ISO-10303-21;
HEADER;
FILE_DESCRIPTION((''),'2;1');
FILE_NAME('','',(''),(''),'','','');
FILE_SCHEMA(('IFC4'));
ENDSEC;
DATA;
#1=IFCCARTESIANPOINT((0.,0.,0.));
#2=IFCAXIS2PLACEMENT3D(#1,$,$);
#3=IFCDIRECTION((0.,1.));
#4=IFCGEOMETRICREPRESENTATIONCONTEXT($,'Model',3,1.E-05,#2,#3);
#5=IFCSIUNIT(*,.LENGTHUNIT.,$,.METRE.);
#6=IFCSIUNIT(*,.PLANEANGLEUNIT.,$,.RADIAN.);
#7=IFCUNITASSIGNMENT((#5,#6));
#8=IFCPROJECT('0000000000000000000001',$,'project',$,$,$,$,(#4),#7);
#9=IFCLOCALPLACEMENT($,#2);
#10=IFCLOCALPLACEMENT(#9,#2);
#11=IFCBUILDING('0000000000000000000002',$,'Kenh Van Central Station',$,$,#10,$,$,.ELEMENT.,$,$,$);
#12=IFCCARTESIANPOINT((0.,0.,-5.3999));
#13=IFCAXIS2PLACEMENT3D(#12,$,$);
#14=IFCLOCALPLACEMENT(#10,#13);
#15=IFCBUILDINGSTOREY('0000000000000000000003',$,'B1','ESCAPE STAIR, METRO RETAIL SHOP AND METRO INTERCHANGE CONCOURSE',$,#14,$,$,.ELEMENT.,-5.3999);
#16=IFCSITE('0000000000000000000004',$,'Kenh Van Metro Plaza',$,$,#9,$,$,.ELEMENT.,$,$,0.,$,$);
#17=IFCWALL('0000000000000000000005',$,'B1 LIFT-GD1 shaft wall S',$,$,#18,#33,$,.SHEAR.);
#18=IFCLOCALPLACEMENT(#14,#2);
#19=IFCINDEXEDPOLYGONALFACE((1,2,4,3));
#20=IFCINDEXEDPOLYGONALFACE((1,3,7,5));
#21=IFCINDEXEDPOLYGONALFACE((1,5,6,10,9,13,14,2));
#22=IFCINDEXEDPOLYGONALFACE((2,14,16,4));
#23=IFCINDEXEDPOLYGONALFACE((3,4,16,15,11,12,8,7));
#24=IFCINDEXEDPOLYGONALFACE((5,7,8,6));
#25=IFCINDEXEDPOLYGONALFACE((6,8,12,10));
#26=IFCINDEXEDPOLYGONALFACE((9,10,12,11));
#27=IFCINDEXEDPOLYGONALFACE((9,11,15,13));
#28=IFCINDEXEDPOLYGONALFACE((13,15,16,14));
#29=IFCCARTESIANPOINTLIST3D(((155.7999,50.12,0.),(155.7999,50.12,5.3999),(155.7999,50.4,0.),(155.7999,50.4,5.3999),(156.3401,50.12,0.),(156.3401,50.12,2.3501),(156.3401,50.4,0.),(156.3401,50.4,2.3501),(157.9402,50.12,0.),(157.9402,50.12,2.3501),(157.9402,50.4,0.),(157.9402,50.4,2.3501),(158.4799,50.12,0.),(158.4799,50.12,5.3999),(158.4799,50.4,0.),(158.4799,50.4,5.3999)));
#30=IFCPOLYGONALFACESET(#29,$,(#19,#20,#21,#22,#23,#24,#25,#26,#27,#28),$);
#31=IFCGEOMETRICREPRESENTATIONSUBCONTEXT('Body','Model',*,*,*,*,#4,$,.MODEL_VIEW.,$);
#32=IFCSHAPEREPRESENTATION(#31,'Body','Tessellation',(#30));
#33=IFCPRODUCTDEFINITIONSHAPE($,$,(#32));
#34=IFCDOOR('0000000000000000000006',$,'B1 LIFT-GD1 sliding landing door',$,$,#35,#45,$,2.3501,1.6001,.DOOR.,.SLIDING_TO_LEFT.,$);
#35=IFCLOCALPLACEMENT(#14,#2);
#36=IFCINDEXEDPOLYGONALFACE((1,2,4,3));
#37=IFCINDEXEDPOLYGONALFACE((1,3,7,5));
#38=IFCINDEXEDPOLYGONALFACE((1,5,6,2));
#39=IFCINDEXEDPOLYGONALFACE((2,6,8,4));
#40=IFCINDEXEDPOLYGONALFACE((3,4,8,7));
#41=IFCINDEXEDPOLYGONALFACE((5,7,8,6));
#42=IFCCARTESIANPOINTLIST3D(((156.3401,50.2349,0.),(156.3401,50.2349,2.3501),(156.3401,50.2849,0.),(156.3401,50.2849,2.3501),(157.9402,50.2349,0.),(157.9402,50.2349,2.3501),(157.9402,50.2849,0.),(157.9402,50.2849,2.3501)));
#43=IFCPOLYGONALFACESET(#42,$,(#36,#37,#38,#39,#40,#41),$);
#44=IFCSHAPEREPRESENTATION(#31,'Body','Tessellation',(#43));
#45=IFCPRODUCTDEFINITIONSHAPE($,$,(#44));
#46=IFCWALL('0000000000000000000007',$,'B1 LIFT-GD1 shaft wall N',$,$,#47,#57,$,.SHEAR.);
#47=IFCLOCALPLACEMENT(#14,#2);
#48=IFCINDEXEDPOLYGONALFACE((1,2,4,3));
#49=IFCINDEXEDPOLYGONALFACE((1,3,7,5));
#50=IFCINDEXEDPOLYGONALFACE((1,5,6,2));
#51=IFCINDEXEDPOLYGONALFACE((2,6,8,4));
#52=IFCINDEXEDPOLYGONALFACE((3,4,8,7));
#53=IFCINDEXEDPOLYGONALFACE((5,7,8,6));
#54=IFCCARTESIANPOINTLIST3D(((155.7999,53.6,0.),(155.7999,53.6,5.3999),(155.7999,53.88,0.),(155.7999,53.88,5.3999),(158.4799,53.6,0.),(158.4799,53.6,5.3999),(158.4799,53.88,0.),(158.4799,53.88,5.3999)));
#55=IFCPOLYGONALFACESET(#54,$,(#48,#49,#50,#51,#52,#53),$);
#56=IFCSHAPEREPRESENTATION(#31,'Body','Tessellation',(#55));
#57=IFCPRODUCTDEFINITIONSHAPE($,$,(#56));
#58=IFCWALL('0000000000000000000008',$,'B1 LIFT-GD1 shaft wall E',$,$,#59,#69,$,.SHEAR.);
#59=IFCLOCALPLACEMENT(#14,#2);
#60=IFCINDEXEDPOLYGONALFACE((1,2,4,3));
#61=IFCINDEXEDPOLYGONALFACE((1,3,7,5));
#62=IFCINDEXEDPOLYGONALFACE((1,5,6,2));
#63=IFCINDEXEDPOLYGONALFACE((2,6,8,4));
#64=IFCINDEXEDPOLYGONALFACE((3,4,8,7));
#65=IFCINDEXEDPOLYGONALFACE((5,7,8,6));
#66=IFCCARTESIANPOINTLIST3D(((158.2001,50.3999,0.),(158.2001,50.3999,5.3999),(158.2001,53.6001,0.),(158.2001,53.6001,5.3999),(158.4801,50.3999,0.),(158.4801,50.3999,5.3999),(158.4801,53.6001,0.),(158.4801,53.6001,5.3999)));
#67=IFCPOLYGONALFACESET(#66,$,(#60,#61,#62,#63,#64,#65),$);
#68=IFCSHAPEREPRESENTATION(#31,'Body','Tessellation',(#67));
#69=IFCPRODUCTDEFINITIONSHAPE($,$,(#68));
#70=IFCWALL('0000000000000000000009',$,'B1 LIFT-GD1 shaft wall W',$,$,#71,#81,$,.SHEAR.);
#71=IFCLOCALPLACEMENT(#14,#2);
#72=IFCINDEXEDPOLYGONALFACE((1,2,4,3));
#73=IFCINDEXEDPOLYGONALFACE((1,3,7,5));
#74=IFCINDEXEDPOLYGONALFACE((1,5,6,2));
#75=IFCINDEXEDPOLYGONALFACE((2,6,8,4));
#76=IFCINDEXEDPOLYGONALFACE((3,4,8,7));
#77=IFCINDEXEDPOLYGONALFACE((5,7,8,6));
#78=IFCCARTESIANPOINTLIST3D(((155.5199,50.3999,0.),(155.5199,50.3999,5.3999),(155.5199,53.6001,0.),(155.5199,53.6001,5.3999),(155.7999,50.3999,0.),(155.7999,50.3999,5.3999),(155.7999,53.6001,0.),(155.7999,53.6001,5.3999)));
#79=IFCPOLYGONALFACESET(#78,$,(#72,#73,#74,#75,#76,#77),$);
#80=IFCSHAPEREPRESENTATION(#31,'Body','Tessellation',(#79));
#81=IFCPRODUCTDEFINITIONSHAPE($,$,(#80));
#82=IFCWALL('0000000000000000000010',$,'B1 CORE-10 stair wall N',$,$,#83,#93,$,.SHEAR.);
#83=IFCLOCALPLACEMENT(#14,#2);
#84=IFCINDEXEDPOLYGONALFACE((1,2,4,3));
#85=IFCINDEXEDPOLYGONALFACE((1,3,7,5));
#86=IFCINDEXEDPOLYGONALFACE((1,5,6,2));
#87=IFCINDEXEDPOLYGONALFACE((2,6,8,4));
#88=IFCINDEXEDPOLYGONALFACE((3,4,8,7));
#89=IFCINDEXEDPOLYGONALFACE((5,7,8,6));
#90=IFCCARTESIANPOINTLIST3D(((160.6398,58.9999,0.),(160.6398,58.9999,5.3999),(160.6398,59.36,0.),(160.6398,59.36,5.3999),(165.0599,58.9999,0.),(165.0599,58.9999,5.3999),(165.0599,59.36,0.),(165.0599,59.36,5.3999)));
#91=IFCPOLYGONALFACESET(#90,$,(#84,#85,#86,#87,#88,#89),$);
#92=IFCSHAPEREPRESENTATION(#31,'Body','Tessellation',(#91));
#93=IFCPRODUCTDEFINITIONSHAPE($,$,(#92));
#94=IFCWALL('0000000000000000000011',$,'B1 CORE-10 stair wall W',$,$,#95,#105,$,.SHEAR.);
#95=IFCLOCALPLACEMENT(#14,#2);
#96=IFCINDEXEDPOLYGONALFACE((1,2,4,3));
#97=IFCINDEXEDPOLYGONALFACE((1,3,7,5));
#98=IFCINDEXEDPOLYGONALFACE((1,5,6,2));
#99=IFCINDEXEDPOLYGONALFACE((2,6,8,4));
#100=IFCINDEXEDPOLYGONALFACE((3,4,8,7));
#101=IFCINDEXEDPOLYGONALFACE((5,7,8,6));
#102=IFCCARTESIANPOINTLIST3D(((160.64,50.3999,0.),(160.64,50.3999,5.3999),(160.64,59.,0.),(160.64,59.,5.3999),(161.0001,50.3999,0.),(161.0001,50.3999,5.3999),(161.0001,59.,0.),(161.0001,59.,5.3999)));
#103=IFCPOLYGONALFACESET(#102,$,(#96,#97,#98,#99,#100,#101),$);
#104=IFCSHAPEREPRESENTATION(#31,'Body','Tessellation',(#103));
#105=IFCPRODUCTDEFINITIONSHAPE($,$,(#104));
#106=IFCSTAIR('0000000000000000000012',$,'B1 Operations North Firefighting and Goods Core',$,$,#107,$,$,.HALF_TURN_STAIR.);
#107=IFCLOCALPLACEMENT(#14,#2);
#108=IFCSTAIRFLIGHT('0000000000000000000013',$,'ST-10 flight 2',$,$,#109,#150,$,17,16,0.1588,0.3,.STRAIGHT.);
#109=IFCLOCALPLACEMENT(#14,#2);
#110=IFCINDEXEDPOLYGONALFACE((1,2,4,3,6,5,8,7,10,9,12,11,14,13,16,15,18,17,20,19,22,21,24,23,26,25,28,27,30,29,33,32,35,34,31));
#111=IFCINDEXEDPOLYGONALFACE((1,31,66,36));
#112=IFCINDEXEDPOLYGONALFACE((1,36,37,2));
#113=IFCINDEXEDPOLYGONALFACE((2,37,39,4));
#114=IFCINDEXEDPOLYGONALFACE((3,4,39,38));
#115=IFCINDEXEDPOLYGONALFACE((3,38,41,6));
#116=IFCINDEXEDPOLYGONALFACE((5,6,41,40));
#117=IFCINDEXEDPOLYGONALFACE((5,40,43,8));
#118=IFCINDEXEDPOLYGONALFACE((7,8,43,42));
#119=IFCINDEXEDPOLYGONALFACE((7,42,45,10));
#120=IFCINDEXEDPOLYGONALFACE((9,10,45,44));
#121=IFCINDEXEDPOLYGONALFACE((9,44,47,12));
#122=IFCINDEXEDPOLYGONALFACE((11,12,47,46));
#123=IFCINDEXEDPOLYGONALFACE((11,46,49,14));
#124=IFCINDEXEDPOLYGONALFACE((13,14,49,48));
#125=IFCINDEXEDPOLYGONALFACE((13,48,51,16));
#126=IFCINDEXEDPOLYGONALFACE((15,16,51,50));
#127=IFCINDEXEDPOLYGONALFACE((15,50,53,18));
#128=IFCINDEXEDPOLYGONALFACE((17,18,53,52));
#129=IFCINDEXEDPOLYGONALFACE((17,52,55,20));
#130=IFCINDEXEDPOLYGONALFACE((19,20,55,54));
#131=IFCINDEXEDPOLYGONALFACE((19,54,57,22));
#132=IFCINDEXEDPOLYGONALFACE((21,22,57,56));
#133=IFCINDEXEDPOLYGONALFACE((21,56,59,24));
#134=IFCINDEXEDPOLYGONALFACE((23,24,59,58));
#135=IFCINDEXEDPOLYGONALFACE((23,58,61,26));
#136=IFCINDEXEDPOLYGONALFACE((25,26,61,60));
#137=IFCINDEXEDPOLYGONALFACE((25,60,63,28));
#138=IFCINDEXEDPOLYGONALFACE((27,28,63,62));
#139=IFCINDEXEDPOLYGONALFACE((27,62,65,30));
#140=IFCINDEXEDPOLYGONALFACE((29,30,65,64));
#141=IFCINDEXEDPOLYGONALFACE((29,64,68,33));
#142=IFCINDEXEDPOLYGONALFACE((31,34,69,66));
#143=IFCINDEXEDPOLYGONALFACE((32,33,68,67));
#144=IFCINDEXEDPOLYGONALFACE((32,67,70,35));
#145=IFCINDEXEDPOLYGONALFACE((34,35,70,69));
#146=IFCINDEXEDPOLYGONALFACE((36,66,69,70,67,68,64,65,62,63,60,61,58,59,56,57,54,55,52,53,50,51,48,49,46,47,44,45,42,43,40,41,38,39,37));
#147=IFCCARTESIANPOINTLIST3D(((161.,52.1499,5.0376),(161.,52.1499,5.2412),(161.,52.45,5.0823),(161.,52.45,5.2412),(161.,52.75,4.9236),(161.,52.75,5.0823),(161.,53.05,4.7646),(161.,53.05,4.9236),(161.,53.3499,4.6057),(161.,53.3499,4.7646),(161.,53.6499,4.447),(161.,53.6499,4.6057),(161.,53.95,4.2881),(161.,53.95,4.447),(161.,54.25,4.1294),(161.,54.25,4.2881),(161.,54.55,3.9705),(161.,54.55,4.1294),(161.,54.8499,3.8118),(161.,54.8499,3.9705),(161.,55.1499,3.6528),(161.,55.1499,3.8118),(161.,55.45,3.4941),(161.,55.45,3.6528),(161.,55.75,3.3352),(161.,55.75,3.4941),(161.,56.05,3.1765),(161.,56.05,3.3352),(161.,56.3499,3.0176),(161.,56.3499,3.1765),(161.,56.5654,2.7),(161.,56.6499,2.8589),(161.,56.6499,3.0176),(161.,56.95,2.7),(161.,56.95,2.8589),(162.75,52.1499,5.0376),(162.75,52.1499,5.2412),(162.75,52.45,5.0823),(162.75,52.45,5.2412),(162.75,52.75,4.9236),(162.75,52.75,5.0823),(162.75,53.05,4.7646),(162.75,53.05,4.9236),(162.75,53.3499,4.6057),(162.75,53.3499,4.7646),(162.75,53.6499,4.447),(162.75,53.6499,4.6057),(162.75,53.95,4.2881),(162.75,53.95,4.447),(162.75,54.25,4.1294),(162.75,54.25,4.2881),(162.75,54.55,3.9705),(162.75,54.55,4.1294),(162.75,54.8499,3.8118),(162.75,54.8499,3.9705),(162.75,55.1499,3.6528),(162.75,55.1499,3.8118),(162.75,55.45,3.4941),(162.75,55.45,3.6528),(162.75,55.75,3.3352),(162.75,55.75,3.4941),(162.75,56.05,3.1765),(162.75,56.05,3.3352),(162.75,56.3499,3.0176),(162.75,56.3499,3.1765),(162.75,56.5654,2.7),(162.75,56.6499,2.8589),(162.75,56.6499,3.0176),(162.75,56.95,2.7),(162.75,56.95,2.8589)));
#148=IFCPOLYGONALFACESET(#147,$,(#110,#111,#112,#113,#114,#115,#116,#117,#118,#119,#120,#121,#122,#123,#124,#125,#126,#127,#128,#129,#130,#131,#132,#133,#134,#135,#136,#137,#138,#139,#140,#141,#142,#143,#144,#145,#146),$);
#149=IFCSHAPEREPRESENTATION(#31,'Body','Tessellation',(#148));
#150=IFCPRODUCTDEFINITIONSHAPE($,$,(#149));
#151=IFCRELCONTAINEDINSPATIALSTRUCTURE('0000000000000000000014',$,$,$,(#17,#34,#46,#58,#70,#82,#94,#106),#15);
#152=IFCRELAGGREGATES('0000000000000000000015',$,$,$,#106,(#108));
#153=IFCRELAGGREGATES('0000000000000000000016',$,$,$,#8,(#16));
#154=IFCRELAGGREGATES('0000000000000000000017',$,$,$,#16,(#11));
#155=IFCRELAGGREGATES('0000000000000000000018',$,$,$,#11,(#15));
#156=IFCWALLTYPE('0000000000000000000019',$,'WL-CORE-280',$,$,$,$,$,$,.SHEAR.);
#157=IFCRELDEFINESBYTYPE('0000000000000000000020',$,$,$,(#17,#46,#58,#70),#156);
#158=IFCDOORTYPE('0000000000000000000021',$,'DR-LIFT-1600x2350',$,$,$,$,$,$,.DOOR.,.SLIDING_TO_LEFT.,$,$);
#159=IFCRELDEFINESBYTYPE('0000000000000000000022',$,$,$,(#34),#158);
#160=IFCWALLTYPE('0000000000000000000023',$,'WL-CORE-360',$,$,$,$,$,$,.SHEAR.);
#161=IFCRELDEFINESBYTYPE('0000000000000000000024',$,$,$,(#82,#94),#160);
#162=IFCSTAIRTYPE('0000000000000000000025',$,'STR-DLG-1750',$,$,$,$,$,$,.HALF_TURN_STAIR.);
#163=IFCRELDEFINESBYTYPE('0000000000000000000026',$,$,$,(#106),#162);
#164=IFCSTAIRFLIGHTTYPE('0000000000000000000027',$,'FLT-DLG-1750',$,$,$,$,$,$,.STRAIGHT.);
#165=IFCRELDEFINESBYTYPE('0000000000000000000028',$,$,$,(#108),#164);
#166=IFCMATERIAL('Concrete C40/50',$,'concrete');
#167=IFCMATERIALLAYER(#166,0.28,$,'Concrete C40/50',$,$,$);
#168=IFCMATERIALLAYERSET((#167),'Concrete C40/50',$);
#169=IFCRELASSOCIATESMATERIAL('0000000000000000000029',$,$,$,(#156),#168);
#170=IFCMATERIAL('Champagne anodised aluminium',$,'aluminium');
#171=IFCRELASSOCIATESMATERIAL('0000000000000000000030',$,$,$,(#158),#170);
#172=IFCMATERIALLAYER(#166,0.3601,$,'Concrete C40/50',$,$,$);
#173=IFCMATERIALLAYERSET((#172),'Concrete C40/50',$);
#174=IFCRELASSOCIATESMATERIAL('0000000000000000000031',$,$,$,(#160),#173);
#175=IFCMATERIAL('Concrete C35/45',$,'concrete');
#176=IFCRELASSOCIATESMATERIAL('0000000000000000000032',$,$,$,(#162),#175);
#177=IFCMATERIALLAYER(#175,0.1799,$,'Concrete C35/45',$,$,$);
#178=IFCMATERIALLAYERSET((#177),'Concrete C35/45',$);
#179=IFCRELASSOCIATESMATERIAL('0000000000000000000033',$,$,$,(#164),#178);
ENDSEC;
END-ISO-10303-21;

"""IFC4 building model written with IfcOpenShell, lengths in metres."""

from ifc_helpers import new_model, si_unit, direction, frame, frame_2d, origin, place, context, subcontext, project, spatial, polyline, rectangle, outline, extrude, material, layer, layer_set, type_object, element, fill, aggregate, save


model = new_model("IFC4")

# Units and contexts
model_context = context("Model", 3, precision=1e-05, world=origin(), true_north=direction((0.0, 1.0)))
body_context = subcontext(model_context, "Body", "Model", "MODEL_VIEW")
ifc_project = project(units=[si_unit("LENGTHUNIT", "METRE"), si_unit("PLANEANGLEUNIT", "RADIAN")], contexts=[model_context])

# Site, building, storey
site_placement = place(None, origin())
site = spatial("IfcSite", under=ifc_project, at=site_placement, Name="Kenh Van Metro Plaza", CompositionType="ELEMENT", RefElevation=0.0)
building_placement = place(site_placement, origin())
building = spatial("IfcBuilding", under=site, at=building_placement, Name="Kenh Van Central Station", CompositionType="ELEMENT")
storey_placement = place(building_placement, frame((0.0, 0.0, -5.3999)))
storey = spatial("IfcBuildingStorey", under=building, at=storey_placement, Name="B1", Description="ESCAPE STAIR, METRO RETAIL SHOP AND METRO INTERCHANGE CONCOURSE", CompositionType="ELEMENT", Elevation=-5.3999)

# Shared definitions
ifc_material_1 = material(Name="Concrete C40/50", Category="concrete")

# Wall, opening, door
ifc_layer_1 = layer(ifc_material_1, 0.28, Name="Concrete C40/50")
ifc_layer_set_1 = layer_set([ifc_layer_1], Name="Concrete C40/50")
wall_type_1 = type_object("IfcWallType", Name="WL-CORE-280", PredefinedType="SHEAR", material=ifc_layer_set_1)
wall_1_placement = place(storey_placement, frame((155.8, 50.26, 0.0), z_axis=(0.0, 0.0, 1.0), x_axis=(1.0, 0.0, 0.0)))
wall_1 = element("IfcWall", 1, at=wall_1_placement, inside=storey, type_object=wall_type_1, Name="B1 LIFT-GD1 shaft wall S", PredefinedType="SHEAR", context=body_context, shape_type="SweptSolid", body=[
    extrude(rectangle(XDim=2.6799, YDim=0.28, at=frame_2d((1.3398, 0.0))), origin(), (0.0, 0.0, 1.0), 5.3999),
])
opening_1_placement = place(wall_1_placement, frame((0.54, 0.0, 0.0)))
opening_1 = element("IfcOpeningElement", 2, at=opening_1_placement, cuts=wall_1, PredefinedType="OPENING", context=body_context, shape_type="SweptSolid", body=[
    extrude(rectangle(XDim=1.6001, YDim=2.3501, at=frame_2d((0.8, 1.175))), frame((0.0, 0.1499, 0.0), z_axis=(0.0, -1.0, 0.0), x_axis=(1.0, 0.0, 0.0)), (0.0, 0.0, 1.0), 0.3),
])
ifc_material_2 = material(Name="Champagne anodised aluminium", Category="aluminium")
door_type_1 = type_object("IfcDoorType", Name="DR-LIFT-1600x2350", OperationType="SLIDING_TO_LEFT", PredefinedType="DOOR", material=ifc_material_2)
door_1_placement = place(opening_1_placement, origin())
door_1 = element("IfcDoor", 3, at=door_1_placement, inside=storey, type_object=door_type_1, Name="B1 LIFT-GD1 sliding landing door", OperationType="SLIDING_TO_LEFT", OverallHeight=2.3501, OverallWidth=1.6001, PredefinedType="DOOR", context=body_context, shape_type="SweptSolid", body=[
    extrude(rectangle(XDim=1.6001, YDim=2.3501, at=frame_2d((0.8, 1.175))), frame((0.0, 0.0249, 0.0), z_axis=(0.0, -1.0, 0.0), x_axis=(1.0, 0.0, 0.0)), (0.0, 0.0, 1.0), 0.05),
])
fill(opening_1, door_1)

# Walls
wall_2_placement = place(storey_placement, frame((155.8, 53.74, 0.0), z_axis=(0.0, 0.0, 1.0), x_axis=(1.0, 0.0, 0.0)))
element("IfcWall", 4, at=wall_2_placement, inside=storey, type_object=wall_type_1, Name="B1 LIFT-GD1 shaft wall N", PredefinedType="SHEAR", context=body_context, shape_type="SweptSolid", body=[
    extrude(rectangle(XDim=2.6799, YDim=0.28, at=frame_2d((1.3398, 0.0))), origin(), (0.0, 0.0, 1.0), 5.3999),
])
for number, where, z_axis, x_axis, name in (
    (5, (158.3401, 50.3999, 0.0), (0.0, 0.0, 1.0), (0.0, 1.0, 0.0), "B1 LIFT-GD1 shaft wall E"),
    (6, (155.6599, 50.3999, 0.0), (0.0, 0.0, 1.0), (0.0, 1.0, 0.0), "B1 LIFT-GD1 shaft wall W"),
):
    element("IfcWall", number, at=place(storey_placement, frame(where, z_axis=z_axis, x_axis=x_axis)), inside=storey, type_object=wall_type_1, Name=name, PredefinedType="SHEAR", context=body_context, shape_type="SweptSolid", body=[
        extrude(rectangle(XDim=3.2002, YDim=0.28, at=frame_2d((1.6001, 0.0))), origin(), (0.0, 0.0, 1.0), 5.3999),
    ])

# Shared definitions
ifc_layer_2 = layer(ifc_material_1, 0.3601, Name="Concrete C40/50")
ifc_layer_set_2 = layer_set([ifc_layer_2], Name="Concrete C40/50")
wall_type_2 = type_object("IfcWallType", Name="WL-CORE-360", PredefinedType="SHEAR", material=ifc_layer_set_2)

# Walls
wall_3_placement = place(storey_placement, frame((160.6399, 59.1799, 0.0), z_axis=(0.0, 0.0, 1.0), x_axis=(1.0, 0.0, 0.0)))
element("IfcWall", 7, at=wall_3_placement, inside=storey, type_object=wall_type_2, Name="B1 CORE-10 stair wall N", PredefinedType="SHEAR", context=body_context, shape_type="SweptSolid", body=[
    extrude(rectangle(XDim=4.4202, YDim=0.3601, at=frame_2d((2.21, 0.0))), origin(), (0.0, 0.0, 1.0), 5.3999),
])
wall_4_placement = place(storey_placement, frame((160.8201, 50.3999, 0.0), z_axis=(0.0, 0.0, 1.0), x_axis=(0.0, 1.0, 0.0)))
element("IfcWall", 8, at=wall_4_placement, inside=storey, type_object=wall_type_2, Name="B1 CORE-10 stair wall W", PredefinedType="SHEAR", context=body_context, shape_type="SweptSolid", body=[
    extrude(rectangle(XDim=8.6001, YDim=0.3601, at=frame_2d((4.3, 0.0))), origin(), (0.0, 0.0, 1.0), 5.3999),
])

# Stair, stair flight
ifc_material_3 = material(Name="Concrete C35/45", Category="concrete")
stair_type = type_object("IfcStairType", Name="STR-DLG-1750", PredefinedType="HALF_TURN_STAIR", material=ifc_material_3)
stair_placement = place(storey_placement, origin())
stair = element("IfcStair", 9, at=stair_placement, inside=storey, type_object=stair_type, Name="B1 Operations North Firefighting and Goods Core", PredefinedType="HALF_TURN_STAIR")
ifc_layer_3 = layer(ifc_material_3, 0.1799, Name="Concrete C35/45")
ifc_layer_set_3 = layer_set([ifc_layer_3], Name="Concrete C35/45")
stair_flight_type = type_object("IfcStairFlightType", Name="FLT-DLG-1750", PredefinedType="STRAIGHT", material=ifc_layer_set_3)
stair_flight_placement = place(storey_placement, frame((161.875, 56.95, 2.7), z_axis=(0.0, 0.0, 1.0), x_axis=(0.0, -1.0, 0.0)))
stair_flight = element("IfcStairFlight", 10, at=stair_flight_placement, type_object=stair_flight_type, Name="ST-10 flight 2", NumberOfRisers=17, NumberOfTreads=16, PredefinedType="STRAIGHT", RiserHeight=0.1588, TreadLength=0.3, context=body_context, shape_type="SweptSolid", body=[
    extrude(outline(polyline([(0.0, 0.0), (0.0, 0.1589), (0.3, 0.1589), (0.3, 0.3176), (0.6001, 0.3176), (0.6001, 0.4766), (0.8999, 0.4766), (0.8999, 0.6353), (1.2, 0.6353), (1.2, 0.7942), (1.5, 0.7942), (1.5, 0.9529), (1.8, 0.9529), (1.8, 1.1118), (2.1001, 1.1118), (2.1001, 1.2705), (2.3999, 1.2705), (2.3999, 1.4294), (2.7, 1.4294), (2.7, 1.5881), (3.0, 1.5881), (3.0, 1.7471), (3.3, 1.7471), (3.3, 1.9058), (3.6001, 1.9058), (3.6001, 2.0647), (3.8999, 2.0647), (3.8999, 2.2236), (4.2, 2.2236), (4.2, 2.3823), (4.5, 2.3823), (4.5, 2.5413), (4.8, 2.5413), (4.8, 2.7), (4.8, 2.3376), (0.3845, 0.0), (0.0, 0.0)])), frame((0.0, 0.875, 0.0), z_axis=(0.0, -1.0, 0.0), x_axis=(1.0, 0.0, 0.0)), (0.0, 0.0, 1.0), 1.75),
])
aggregate(stair, [stair_flight])

save(model, "model.ifc")
